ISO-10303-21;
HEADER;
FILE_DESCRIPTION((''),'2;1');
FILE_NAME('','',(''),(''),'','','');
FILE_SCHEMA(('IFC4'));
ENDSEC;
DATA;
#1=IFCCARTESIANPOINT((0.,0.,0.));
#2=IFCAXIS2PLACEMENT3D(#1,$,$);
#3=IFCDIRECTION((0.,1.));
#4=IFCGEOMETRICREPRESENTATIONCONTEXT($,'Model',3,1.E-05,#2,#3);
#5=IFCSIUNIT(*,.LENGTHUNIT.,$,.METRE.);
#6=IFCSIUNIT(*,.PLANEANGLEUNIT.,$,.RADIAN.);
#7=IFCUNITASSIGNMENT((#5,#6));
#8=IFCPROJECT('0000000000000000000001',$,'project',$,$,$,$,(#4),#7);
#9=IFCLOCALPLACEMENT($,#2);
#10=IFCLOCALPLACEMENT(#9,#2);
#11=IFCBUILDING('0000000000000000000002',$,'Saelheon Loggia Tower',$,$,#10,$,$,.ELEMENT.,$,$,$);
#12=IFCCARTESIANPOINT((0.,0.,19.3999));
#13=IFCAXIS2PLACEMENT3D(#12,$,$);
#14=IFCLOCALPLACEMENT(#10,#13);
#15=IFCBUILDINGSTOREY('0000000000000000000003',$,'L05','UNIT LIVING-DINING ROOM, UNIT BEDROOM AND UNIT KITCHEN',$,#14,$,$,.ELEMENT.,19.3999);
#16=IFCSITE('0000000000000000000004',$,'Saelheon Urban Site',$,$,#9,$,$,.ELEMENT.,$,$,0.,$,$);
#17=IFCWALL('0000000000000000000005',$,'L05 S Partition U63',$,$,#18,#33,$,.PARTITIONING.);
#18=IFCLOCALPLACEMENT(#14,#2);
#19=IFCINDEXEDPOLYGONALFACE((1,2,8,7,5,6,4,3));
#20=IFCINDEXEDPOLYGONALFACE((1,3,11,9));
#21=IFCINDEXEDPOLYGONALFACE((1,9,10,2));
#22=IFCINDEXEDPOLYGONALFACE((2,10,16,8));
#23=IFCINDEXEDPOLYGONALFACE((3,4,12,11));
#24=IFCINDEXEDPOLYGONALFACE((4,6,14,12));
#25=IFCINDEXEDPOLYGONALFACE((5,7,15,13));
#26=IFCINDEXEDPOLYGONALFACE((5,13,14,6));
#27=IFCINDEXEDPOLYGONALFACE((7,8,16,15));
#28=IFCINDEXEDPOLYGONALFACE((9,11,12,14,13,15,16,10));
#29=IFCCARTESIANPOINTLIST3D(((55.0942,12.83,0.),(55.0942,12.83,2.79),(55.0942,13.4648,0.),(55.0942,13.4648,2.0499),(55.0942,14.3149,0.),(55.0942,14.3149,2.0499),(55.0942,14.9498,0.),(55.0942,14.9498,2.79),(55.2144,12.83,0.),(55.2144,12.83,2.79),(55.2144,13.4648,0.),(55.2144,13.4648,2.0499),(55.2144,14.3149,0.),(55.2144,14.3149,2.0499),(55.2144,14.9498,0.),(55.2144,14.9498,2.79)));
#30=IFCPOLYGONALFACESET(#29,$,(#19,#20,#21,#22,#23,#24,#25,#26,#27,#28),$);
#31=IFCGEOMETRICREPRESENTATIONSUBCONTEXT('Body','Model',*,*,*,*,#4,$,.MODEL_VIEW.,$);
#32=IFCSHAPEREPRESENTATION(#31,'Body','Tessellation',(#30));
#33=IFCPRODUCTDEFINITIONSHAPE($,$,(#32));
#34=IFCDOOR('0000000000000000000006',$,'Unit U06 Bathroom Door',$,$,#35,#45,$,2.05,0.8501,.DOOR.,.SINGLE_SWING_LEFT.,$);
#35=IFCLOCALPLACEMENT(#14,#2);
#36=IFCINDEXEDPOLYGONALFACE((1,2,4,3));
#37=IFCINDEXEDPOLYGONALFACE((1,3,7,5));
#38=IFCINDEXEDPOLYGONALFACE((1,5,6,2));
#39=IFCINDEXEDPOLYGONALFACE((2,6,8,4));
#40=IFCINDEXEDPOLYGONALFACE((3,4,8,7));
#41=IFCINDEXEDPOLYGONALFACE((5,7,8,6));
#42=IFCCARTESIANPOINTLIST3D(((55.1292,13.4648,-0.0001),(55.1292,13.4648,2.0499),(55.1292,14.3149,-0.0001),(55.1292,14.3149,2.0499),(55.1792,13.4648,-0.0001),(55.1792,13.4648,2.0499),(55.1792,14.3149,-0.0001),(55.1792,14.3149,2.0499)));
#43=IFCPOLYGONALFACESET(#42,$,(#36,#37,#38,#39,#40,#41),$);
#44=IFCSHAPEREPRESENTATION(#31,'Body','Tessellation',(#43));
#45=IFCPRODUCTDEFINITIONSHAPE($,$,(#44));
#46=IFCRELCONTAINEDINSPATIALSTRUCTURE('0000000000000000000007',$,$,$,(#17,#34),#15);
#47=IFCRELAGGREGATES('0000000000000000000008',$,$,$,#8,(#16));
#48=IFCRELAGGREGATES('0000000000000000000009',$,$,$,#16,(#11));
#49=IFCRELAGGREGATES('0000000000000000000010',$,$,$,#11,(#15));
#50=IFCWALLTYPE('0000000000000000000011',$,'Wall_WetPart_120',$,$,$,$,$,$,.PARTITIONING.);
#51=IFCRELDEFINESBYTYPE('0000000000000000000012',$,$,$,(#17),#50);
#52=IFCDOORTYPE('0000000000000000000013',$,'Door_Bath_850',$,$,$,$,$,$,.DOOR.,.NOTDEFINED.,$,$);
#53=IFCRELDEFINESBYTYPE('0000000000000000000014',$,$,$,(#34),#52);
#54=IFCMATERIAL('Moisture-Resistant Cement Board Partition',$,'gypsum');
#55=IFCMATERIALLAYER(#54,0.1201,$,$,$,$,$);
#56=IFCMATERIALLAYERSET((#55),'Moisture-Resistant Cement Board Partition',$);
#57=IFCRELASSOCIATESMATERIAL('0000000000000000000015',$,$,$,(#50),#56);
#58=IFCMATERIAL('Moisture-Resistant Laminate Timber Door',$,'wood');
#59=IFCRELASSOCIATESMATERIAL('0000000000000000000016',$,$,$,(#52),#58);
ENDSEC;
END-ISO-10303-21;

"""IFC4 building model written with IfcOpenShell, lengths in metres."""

from ifc_helpers import new_model, si_unit, direction, frame, frame_2d, origin, place, context, subcontext, project, spatial, rectangle, extrude, source, transform, mapped, material, layer, layer_set, type_object, element, fill, save


model = new_model("IFC4")

# Units and contexts
model_context = context("Model", 3, precision=1e-05, world=origin(), true_north=direction((0.0, 1.0)))
body_context = subcontext(model_context, "Body", "Model", "MODEL_VIEW")
ifc_project = project(units=[si_unit("LENGTHUNIT", "METRE"), si_unit("PLANEANGLEUNIT", "RADIAN")], contexts=[model_context])

# Site, building, storey
site_placement = place(None, origin())
site = spatial("IfcSite", under=ifc_project, at=site_placement, Name="Saelheon Urban Site", CompositionType="ELEMENT", RefElevation=0.0)
building_placement = place(site_placement, origin())
building = spatial("IfcBuilding", under=site, at=building_placement, Name="Saelheon Loggia Tower", CompositionType="ELEMENT")
storey_placement = place(building_placement, frame((0.0, 0.0, 19.3999)))
storey = spatial("IfcBuildingStorey", under=building, at=storey_placement, Name="L05", Description="UNIT LIVING-DINING ROOM, UNIT BEDROOM AND UNIT KITCHEN", CompositionType="ELEMENT", Elevation=19.3999)

# Wall, opening, door
ifc_material_1 = material(Name="Moisture-Resistant Cement Board Partition", Category="gypsum")
ifc_layer_1 = layer(ifc_material_1, 0.1201)
ifc_layer_set_1 = layer_set([ifc_layer_1], Name="Moisture-Resistant Cement Board Partition")
wall_type_1 = type_object("IfcWallType", Name="Wall_WetPart_120", PredefinedType="PARTITIONING", material=ifc_layer_set_1)
wall_1_placement = place(storey_placement, frame((55.1543, 14.95, 0.0), z_axis=(0.0, 0.0, 1.0), x_axis=(0.0, -1.0, 0.0)))
wall_1 = element("IfcWall", 1, at=wall_1_placement, inside=storey, type_object=wall_type_1, Name="L05 S Partition U63", PredefinedType="PARTITIONING", context=body_context, shape_type="SweptSolid", body=[
    extrude(rectangle(XDim=2.1199, YDim=0.1201, at=frame_2d((1.0601, 0.0))), origin(), (0.0, 0.0, 1.0), 2.79),
])
opening_1_placement = place(wall_1_placement, frame((0.635, 0.0, 0.0)))
opening_1 = element("IfcOpeningElement", 2, at=opening_1_placement, cuts=wall_1, PredefinedType="OPENING", context=body_context, shape_type="SweptSolid", body=[
    extrude(rectangle(XDim=0.8501, YDim=2.05, at=frame_2d((0.425, 1.0249))), frame((0.0, 0.072, 0.0), z_axis=(0.0, -1.0, 0.0), x_axis=(1.0, 0.0, 0.0)), (0.0, 0.0, 1.0), 0.144),
])
ifc_material_2 = material(Name="Moisture-Resistant Laminate Timber Door", Category="wood")
door_type_1 = type_object("IfcDoorType", Name="Door_Bath_850", OperationType="NOTDEFINED", PredefinedType="DOOR", material=ifc_material_2)
shared_shape_1 = source(origin(), body_context, "Body", "SweptSolid", [
    extrude(rectangle(XDim=0.8501, YDim=2.05, at=frame_2d((0.425, 1.0249))), frame((0.0, 0.0249, 0.0), z_axis=(0.0, -1.0, 0.0), x_axis=(1.0, 0.0, 0.0)), (0.0, 0.0, 1.0), 0.05),
])
door_1_placement = place(opening_1_placement, origin())
door_1 = element("IfcDoor", 3, at=door_1_placement, inside=storey, type_object=door_type_1, Name="Unit U06 Bathroom Door", OperationType="SINGLE_SWING_LEFT", OverallHeight=2.05, OverallWidth=0.8501, PredefinedType="DOOR", context=body_context, shape_type="MappedRepresentation", body=[
    mapped(shared_shape_1, transform((0.0, 0.0, 0.0), scale=1.0)),
])
fill(opening_1, door_1)

save(model, "model.ifc")
